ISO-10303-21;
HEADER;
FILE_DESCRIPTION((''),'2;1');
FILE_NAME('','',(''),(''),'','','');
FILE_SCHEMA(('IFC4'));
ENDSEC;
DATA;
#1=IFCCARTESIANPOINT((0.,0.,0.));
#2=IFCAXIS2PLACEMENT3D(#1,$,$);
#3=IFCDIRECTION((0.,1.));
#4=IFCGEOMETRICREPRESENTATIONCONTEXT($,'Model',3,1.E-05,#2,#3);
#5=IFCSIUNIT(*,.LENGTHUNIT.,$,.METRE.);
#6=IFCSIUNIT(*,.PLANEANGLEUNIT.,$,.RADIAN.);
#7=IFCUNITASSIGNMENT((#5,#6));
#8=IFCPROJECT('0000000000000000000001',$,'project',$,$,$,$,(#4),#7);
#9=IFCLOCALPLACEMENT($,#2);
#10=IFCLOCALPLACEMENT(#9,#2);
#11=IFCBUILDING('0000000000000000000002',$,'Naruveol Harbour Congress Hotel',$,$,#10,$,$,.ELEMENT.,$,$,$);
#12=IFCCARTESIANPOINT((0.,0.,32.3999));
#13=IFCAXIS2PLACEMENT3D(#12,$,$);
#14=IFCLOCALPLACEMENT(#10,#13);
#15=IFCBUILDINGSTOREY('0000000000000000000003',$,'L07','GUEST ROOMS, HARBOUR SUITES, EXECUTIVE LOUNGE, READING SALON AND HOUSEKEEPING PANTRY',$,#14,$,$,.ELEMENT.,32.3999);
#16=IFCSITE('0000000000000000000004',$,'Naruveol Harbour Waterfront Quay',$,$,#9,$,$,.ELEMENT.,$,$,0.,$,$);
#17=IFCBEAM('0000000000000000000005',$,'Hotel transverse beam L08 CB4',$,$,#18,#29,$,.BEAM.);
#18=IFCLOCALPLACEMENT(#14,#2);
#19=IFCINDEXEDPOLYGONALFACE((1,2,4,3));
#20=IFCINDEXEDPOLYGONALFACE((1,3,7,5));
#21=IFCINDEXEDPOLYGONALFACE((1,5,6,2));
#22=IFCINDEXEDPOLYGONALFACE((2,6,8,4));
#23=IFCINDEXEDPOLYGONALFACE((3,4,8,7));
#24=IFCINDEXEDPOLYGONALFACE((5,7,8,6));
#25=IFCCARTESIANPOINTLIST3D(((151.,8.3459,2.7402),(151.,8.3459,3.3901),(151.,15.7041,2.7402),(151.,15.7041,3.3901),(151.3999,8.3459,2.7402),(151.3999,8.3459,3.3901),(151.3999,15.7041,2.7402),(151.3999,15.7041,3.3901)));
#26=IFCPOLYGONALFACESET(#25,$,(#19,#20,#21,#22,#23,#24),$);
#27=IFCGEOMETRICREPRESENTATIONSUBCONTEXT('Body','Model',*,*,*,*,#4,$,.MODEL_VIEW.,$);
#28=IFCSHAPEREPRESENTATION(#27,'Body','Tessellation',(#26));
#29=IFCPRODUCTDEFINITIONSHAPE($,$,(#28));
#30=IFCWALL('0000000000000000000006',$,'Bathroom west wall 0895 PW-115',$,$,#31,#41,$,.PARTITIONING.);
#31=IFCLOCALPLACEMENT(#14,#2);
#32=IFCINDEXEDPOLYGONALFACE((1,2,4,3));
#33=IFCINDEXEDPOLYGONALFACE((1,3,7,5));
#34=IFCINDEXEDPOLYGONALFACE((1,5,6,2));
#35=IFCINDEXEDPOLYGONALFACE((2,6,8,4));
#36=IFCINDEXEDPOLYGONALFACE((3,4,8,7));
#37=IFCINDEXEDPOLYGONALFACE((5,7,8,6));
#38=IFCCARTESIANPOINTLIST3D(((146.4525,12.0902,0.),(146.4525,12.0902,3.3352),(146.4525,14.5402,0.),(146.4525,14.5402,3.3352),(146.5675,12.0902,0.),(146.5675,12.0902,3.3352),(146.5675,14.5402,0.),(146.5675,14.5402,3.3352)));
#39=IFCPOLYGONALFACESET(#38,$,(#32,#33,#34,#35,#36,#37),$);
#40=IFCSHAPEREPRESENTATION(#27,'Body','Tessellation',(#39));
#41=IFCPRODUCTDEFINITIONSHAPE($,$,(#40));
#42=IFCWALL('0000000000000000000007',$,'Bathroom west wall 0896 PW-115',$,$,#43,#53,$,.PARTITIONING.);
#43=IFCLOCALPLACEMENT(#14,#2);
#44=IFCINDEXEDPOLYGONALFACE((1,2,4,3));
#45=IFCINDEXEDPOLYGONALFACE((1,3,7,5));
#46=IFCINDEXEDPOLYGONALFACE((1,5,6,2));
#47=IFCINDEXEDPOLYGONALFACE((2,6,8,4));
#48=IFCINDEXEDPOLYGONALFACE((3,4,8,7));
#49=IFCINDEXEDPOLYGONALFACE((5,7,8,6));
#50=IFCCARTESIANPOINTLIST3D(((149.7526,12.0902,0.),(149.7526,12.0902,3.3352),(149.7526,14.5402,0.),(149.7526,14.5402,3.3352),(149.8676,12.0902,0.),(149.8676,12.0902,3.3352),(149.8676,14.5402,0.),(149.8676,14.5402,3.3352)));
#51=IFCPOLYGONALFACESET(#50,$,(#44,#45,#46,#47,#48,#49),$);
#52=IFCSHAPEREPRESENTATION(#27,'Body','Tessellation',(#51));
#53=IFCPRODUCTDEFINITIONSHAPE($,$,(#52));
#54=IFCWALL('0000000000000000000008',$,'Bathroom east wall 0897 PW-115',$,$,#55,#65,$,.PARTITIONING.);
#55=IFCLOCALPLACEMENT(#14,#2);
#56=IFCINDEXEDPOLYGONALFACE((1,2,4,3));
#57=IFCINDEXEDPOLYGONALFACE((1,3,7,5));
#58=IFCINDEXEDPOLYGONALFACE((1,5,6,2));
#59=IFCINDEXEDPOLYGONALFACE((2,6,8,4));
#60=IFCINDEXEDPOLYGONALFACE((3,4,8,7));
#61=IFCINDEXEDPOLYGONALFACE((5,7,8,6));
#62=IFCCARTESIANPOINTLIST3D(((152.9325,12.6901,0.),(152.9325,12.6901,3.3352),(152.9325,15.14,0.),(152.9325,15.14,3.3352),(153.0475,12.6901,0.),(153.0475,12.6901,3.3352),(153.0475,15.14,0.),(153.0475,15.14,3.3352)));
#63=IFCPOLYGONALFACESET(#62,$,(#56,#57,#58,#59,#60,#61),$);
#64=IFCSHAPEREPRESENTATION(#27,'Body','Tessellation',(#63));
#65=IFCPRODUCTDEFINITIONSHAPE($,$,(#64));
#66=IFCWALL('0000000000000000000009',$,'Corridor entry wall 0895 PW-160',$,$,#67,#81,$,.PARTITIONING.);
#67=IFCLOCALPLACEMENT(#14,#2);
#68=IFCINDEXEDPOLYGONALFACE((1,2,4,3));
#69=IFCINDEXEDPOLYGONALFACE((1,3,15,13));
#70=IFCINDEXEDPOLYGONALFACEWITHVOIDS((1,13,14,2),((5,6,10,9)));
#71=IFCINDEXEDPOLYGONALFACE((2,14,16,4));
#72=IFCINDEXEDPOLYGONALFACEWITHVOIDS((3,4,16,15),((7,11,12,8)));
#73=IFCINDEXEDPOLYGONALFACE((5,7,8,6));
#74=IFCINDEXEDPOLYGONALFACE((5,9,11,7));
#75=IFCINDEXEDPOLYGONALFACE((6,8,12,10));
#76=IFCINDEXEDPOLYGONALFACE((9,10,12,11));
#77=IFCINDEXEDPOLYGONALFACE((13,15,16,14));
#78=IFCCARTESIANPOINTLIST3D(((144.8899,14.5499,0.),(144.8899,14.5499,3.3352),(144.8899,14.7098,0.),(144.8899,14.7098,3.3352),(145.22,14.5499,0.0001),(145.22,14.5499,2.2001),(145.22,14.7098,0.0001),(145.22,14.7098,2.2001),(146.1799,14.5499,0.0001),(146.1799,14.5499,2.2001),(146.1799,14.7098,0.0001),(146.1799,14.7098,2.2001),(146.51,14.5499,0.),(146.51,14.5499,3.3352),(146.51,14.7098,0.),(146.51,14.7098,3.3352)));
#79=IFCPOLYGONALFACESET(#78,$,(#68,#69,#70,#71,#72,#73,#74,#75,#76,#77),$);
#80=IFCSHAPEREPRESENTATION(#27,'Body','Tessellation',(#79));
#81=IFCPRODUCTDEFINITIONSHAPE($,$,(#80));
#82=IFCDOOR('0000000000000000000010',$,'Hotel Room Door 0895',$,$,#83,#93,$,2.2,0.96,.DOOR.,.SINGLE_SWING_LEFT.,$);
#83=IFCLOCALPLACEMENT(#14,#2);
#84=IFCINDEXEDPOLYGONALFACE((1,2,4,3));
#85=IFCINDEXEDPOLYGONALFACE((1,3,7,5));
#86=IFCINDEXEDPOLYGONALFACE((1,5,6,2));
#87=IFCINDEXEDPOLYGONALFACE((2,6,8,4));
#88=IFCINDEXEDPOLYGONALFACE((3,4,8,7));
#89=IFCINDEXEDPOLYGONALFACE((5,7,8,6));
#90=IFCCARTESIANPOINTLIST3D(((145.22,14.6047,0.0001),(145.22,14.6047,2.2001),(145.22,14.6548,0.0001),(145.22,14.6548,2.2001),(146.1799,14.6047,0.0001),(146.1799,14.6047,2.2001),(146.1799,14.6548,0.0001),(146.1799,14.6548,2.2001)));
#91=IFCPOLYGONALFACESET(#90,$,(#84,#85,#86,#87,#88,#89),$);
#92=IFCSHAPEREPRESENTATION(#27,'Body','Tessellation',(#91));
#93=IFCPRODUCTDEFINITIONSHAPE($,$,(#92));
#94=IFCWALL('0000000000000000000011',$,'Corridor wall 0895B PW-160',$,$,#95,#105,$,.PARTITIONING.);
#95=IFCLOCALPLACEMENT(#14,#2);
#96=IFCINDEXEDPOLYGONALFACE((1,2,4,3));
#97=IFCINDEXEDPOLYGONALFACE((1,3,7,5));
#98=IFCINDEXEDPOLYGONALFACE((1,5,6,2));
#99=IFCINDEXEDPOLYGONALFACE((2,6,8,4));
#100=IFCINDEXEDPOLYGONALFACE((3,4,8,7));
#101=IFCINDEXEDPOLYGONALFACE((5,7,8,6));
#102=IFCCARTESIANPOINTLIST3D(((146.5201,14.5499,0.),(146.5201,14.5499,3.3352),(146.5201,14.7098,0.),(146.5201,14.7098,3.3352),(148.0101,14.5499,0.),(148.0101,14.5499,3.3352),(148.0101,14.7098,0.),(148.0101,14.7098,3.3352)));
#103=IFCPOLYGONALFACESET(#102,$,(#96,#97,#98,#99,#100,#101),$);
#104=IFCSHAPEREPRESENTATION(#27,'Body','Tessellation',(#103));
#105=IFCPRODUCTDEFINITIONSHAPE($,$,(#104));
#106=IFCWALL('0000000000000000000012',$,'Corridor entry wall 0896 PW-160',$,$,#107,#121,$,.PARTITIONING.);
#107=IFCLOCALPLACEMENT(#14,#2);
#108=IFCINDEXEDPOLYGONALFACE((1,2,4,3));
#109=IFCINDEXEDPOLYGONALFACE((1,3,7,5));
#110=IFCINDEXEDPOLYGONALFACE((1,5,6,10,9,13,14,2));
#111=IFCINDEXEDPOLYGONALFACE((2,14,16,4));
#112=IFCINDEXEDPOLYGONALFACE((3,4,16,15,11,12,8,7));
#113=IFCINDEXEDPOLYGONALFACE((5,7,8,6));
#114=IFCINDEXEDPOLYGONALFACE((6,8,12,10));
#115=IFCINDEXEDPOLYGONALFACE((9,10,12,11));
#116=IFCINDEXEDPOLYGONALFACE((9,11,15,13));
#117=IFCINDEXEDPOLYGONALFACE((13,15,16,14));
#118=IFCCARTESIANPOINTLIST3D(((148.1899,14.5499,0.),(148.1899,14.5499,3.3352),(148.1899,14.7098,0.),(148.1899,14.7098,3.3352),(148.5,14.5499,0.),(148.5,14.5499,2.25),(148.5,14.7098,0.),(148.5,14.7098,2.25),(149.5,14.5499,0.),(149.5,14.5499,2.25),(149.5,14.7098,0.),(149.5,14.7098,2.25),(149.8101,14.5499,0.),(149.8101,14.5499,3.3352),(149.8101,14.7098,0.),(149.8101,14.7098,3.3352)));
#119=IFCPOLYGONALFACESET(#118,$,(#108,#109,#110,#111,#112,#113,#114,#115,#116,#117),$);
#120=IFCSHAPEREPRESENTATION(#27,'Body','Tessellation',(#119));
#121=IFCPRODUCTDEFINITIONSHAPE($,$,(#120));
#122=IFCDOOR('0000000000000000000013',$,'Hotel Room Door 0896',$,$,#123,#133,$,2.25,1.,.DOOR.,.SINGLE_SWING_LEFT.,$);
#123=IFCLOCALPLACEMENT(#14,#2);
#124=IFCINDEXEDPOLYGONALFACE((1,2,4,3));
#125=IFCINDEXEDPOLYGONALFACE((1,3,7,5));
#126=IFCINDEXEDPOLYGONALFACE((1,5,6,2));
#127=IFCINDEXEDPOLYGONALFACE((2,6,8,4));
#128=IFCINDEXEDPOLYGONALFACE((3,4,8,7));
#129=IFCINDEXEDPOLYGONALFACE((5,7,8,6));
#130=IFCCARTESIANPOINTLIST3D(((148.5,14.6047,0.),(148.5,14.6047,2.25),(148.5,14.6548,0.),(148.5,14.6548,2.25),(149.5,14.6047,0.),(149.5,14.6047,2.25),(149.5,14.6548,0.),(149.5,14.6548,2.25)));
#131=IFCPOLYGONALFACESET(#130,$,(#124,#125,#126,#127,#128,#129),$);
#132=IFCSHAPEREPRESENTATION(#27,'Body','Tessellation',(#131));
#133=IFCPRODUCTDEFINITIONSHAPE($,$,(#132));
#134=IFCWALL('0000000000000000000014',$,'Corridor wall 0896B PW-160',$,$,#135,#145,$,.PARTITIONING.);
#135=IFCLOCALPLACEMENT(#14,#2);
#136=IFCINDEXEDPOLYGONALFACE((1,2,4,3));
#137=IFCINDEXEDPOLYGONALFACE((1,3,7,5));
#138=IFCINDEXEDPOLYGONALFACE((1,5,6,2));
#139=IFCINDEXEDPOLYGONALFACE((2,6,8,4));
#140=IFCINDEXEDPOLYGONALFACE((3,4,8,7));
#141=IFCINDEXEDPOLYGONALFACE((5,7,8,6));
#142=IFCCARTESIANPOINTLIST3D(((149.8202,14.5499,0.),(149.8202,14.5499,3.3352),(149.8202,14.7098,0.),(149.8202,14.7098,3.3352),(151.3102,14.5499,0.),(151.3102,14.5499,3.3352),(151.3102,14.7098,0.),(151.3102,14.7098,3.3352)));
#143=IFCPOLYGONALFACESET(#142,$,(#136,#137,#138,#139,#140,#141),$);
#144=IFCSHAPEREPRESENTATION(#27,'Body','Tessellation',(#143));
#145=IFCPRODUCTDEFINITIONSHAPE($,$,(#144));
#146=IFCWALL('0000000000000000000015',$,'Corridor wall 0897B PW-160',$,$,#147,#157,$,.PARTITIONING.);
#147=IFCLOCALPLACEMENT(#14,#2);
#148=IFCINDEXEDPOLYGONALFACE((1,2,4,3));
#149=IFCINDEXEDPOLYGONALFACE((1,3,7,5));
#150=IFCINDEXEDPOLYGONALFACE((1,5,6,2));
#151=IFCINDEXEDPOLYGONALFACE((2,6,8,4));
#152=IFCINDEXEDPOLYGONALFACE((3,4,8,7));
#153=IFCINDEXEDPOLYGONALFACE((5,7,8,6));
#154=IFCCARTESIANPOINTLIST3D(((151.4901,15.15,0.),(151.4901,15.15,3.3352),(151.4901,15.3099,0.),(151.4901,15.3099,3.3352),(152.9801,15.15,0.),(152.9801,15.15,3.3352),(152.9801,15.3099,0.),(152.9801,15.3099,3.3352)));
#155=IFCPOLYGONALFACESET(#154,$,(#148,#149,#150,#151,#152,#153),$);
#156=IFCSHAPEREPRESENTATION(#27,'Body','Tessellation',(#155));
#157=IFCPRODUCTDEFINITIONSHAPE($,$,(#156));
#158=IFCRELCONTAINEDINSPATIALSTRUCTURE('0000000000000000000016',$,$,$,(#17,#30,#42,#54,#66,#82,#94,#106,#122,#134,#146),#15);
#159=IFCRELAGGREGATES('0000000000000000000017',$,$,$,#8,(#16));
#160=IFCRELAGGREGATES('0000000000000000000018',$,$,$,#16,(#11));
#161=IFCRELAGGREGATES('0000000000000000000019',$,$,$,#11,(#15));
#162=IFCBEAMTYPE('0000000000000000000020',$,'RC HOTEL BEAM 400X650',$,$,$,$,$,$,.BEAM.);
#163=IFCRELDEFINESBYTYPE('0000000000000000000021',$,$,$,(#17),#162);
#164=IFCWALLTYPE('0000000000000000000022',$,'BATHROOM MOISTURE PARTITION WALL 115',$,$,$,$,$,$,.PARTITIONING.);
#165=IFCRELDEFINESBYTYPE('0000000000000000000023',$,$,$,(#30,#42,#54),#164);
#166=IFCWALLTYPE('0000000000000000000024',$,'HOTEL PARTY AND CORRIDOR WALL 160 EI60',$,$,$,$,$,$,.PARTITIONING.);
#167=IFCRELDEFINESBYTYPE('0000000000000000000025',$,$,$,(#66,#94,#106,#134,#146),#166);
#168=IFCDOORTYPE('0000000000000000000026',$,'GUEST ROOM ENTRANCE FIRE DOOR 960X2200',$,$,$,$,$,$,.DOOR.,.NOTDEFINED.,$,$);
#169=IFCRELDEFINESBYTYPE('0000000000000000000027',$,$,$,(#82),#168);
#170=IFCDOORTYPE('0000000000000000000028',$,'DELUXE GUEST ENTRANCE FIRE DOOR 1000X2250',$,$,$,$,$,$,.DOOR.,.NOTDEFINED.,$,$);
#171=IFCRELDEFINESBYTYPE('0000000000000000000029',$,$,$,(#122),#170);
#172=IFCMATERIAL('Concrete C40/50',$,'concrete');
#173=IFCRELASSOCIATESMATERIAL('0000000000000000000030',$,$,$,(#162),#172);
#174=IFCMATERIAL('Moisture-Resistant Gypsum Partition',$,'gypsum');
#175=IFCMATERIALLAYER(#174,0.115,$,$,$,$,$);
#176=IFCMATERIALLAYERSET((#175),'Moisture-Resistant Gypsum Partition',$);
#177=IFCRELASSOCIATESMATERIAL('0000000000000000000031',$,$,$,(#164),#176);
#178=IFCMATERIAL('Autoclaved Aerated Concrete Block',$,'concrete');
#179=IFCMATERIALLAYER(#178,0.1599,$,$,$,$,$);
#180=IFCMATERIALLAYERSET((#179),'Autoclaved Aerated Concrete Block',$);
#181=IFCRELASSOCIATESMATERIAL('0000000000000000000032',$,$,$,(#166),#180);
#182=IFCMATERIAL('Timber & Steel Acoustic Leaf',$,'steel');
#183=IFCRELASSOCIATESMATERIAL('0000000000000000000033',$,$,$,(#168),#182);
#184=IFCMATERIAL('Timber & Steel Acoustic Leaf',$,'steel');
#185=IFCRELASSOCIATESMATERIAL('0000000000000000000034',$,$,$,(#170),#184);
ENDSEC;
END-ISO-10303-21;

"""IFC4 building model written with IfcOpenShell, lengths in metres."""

from ifc_helpers import new_model, si_unit, direction, frame, frame_2d, origin, origin_2d, place, context, subcontext, project, spatial, rectangle, extrude, material, layer, layer_set, material_profile, profile_set, type_object, element, fill, save


model = new_model("IFC4")

# Units and contexts
model_context = context("Model", 3, precision=1e-05, world=origin(), true_north=direction((0.0, 1.0)))
body_context = subcontext(model_context, "Body", "Model", "MODEL_VIEW")
ifc_project = project(units=[si_unit("LENGTHUNIT", "METRE"), si_unit("PLANEANGLEUNIT", "RADIAN")], contexts=[model_context])

# Site, building, storey
site_placement = place(None, origin())
site = spatial("IfcSite", under=ifc_project, at=site_placement, Name="Naruveol Harbour Waterfront Quay", CompositionType="ELEMENT", RefElevation=0.0)
building_placement = place(site_placement, origin())
building = spatial("IfcBuilding", under=site, at=building_placement, Name="Naruveol Harbour Congress Hotel", CompositionType="ELEMENT")
storey_placement = place(building_placement, frame((0.0, 0.0, 32.3999)))
storey = spatial("IfcBuildingStorey", under=building, at=storey_placement, Name="L07", Description="GUEST ROOMS, HARBOUR SUITES, EXECUTIVE LOUNGE, READING SALON AND HOUSEKEEPING PANTRY", CompositionType="ELEMENT", Elevation=32.3999)

# Beam
ifc_material_1 = material(Name="Concrete C40/50", Category="concrete")
ifc_material_profile = material_profile(ifc_material_1, rectangle(XDim=0.3999, YDim=0.6499, at=origin_2d()), Name="RCB-400x650")
ifc_profile_set = profile_set([ifc_material_profile], Name="Concrete C40/50")
beam_type = type_object("IfcBeamType", Name="RC HOTEL BEAM 400X650", PredefinedType="BEAM", material=ifc_profile_set)
beam_placement = place(storey_placement, frame((151.2, 8.3459, 3.0652), z_axis=(0.0, 1.0, 0.0), x_axis=(-1.0, 0.0, 0.0)))
element("IfcBeam", 1, at=beam_placement, inside=storey, type_object=beam_type, Name="Hotel transverse beam L08 CB4", PredefinedType="BEAM", context=body_context, shape_type="SweptSolid", body=[
    extrude(rectangle(XDim=0.3999, YDim=0.6499, at=origin_2d()), origin(), (0.0, 0.0, 1.0), 7.3582),
])

# Wall
ifc_material_2 = material(Name="Moisture-Resistant Gypsum Partition", Category="gypsum")
ifc_layer_1 = layer(ifc_material_2, 0.115)
ifc_layer_set_1 = layer_set([ifc_layer_1], Name="Moisture-Resistant Gypsum Partition")
wall_type_1 = type_object("IfcWallType", Name="BATHROOM MOISTURE PARTITION WALL 115", PredefinedType="PARTITIONING", material=ifc_layer_set_1)
wall_1_placement = place(storey_placement, frame((146.51, 12.0901, 0.0), z_axis=(0.0, 0.0, 1.0), x_axis=(0.0, 1.0, 0.0)))
element("IfcWall", 2, at=wall_1_placement, inside=storey, type_object=wall_type_1, Name="Bathroom west wall 0895 PW-115", PredefinedType="PARTITIONING", context=body_context, shape_type="SweptSolid", body=[
    extrude(rectangle(XDim=2.45, YDim=0.115, at=frame_2d((1.2251, 0.0))), origin(), (0.0, 0.0, 1.0), 3.3352),
])

# Wall
wall_2_placement = place(storey_placement, frame((149.8101, 12.0901, 0.0), z_axis=(0.0, 0.0, 1.0), x_axis=(0.0, 1.0, 0.0)))
element("IfcWall", 3, at=wall_2_placement, inside=storey, type_object=wall_type_1, Name="Bathroom west wall 0896 PW-115", PredefinedType="PARTITIONING", context=body_context, shape_type="SweptSolid", body=[
    extrude(rectangle(XDim=2.45, YDim=0.115, at=frame_2d((1.2251, 0.0))), origin(), (0.0, 0.0, 1.0), 3.3352),
])

# Wall
wall_3_placement = place(storey_placement, frame((152.99, 12.6899, 0.0), z_axis=(0.0, 0.0, 1.0), x_axis=(0.0, 1.0, 0.0)))
element("IfcWall", 4, at=wall_3_placement, inside=storey, type_object=wall_type_1, Name="Bathroom east wall 0897 PW-115", PredefinedType="PARTITIONING", context=body_context, shape_type="SweptSolid", body=[
    extrude(rectangle(XDim=2.45, YDim=0.115, at=frame_2d((1.2251, 0.0))), origin(), (0.0, 0.0, 1.0), 3.3352),
])

# Wall, opening, door
ifc_material_3 = material(Name="Autoclaved Aerated Concrete Block", Category="concrete")
ifc_layer_2 = layer(ifc_material_3, 0.1599)
ifc_layer_set_2 = layer_set([ifc_layer_2], Name="Autoclaved Aerated Concrete Block")
wall_type_2 = type_object("IfcWallType", Name="HOTEL PARTY AND CORRIDOR WALL 160 EI60", PredefinedType="PARTITIONING", material=ifc_layer_set_2)
wall_4_placement = place(storey_placement, frame((144.8899, 14.6299, 0.0), z_axis=(0.0, 0.0, 1.0), x_axis=(1.0, 0.0, 0.0)))
wall_4 = element("IfcWall", 5, at=wall_4_placement, inside=storey, type_object=wall_type_2, Name="Corridor entry wall 0895 PW-160", PredefinedType="PARTITIONING", context=body_context, shape_type="SweptSolid", body=[
    extrude(rectangle(XDim=1.6201, YDim=0.1599, at=frame_2d((0.8101, 0.0))), origin(), (0.0, 0.0, 1.0), 3.3352),
])
opening_1_placement = place(wall_4_placement, frame((0.3301, 0.0, 0.0)))
opening_1 = element("IfcOpeningElement", 6, at=opening_1_placement, cuts=wall_4, PredefinedType="OPENING", context=body_context, shape_type="SweptSolid", body=[
    extrude(rectangle(XDim=0.96, YDim=2.2, at=frame_2d((0.48, 1.1001))), frame((0.0, 0.0898, 0.0), z_axis=(0.0, -1.0, 0.0), x_axis=(1.0, 0.0, 0.0)), (0.0, 0.0, 1.0), 0.1799),
])
ifc_material_4 = material(Name="Timber & Steel Acoustic Leaf", Category="steel")
door_type_1 = type_object("IfcDoorType", Name="GUEST ROOM ENTRANCE FIRE DOOR 960X2200", OperationType="NOTDEFINED", PredefinedType="DOOR", material=ifc_material_4)
door_1_placement = place(opening_1_placement, origin())
door_1 = element("IfcDoor", 7, at=door_1_placement, inside=storey, type_object=door_type_1, Name="Hotel Room Door 0895", OperationType="SINGLE_SWING_LEFT", OverallHeight=2.2, OverallWidth=0.96, PredefinedType="DOOR", context=body_context, shape_type="SweptSolid", body=[
    extrude(rectangle(XDim=0.96, YDim=2.2, at=frame_2d((0.48, 1.1001))), frame((0.0, 0.0249, 0.0), z_axis=(0.0, -1.0, 0.0), x_axis=(1.0, 0.0, 0.0)), (0.0, 0.0, 1.0), 0.05),
])
fill(opening_1, door_1)

# Wall
wall_5_placement = place(storey_placement, frame((146.52, 14.6299, 0.0), z_axis=(0.0, 0.0, 1.0), x_axis=(1.0, 0.0, 0.0)))
element("IfcWall", 8, at=wall_5_placement, inside=storey, type_object=wall_type_2, Name="Corridor wall 0895B PW-160", PredefinedType="PARTITIONING", context=body_context, shape_type="SweptSolid", body=[
    extrude(rectangle(XDim=1.49, YDim=0.1599, at=frame_2d((0.7451, 0.0))), origin(), (0.0, 0.0, 1.0), 3.3352),
])

# Wall, opening, door
wall_6_placement = place(storey_placement, frame((148.1899, 14.6299, 0.0), z_axis=(0.0, 0.0, 1.0), x_axis=(1.0, 0.0, 0.0)))
wall_6 = element("IfcWall", 9, at=wall_6_placement, inside=storey, type_object=wall_type_2, Name="Corridor entry wall 0896 PW-160", PredefinedType="PARTITIONING", context=body_context, shape_type="SweptSolid", body=[
    extrude(rectangle(XDim=1.6201, YDim=0.1599, at=frame_2d((0.8101, 0.0))), origin(), (0.0, 0.0, 1.0), 3.3352),
])
opening_2_placement = place(wall_6_placement, frame((0.3101, 0.0, 0.0)))
opening_2 = element("IfcOpeningElement", 10, at=opening_2_placement, cuts=wall_6, PredefinedType="OPENING", context=body_context, shape_type="SweptSolid", body=[
    extrude(rectangle(XDim=1.0, YDim=2.25, at=frame_2d((0.5, 1.125))), frame((0.0, 0.0898, 0.0), z_axis=(0.0, -1.0, 0.0), x_axis=(1.0, 0.0, 0.0)), (0.0, 0.0, 1.0), 0.1799),
])
ifc_material_5 = material(Name="Timber & Steel Acoustic Leaf", Category="steel")
door_type_2 = type_object("IfcDoorType", Name="DELUXE GUEST ENTRANCE FIRE DOOR 1000X2250", OperationType="NOTDEFINED", PredefinedType="DOOR", material=ifc_material_5)
door_2_placement = place(opening_2_placement, origin())
door_2 = element("IfcDoor", 11, at=door_2_placement, inside=storey, type_object=door_type_2, Name="Hotel Room Door 0896", OperationType="SINGLE_SWING_LEFT", OverallHeight=2.25, OverallWidth=1.0, PredefinedType="DOOR", context=body_context, shape_type="SweptSolid", body=[
    extrude(rectangle(XDim=1.0, YDim=2.25, at=frame_2d((0.5, 1.125))), frame((0.0, 0.0249, 0.0), z_axis=(0.0, -1.0, 0.0), x_axis=(1.0, 0.0, 0.0)), (0.0, 0.0, 1.0), 0.05),
])
fill(opening_2, door_2)

# Walls
for number, where, z_axis, x_axis, name in (
    (12, (149.8201, 14.6299, 0.0), (0.0, 0.0, 1.0), (1.0, 0.0, 0.0), "Corridor wall 0896B PW-160"),
    (13, (151.49, 15.23, 0.0), (0.0, 0.0, 1.0), (1.0, 0.0, 0.0), "Corridor wall 0897B PW-160"),
):
    element("IfcWall", number, at=place(storey_placement, frame(where, z_axis=z_axis, x_axis=x_axis)), inside=storey, type_object=wall_type_2, Name=name, PredefinedType="PARTITIONING", context=body_context, shape_type="SweptSolid", body=[
        extrude(rectangle(XDim=1.49, YDim=0.1599, at=frame_2d((0.7451, 0.0))), origin(), (0.0, 0.0, 1.0), 3.3352),
    ])

save(model, "model.ifc")
